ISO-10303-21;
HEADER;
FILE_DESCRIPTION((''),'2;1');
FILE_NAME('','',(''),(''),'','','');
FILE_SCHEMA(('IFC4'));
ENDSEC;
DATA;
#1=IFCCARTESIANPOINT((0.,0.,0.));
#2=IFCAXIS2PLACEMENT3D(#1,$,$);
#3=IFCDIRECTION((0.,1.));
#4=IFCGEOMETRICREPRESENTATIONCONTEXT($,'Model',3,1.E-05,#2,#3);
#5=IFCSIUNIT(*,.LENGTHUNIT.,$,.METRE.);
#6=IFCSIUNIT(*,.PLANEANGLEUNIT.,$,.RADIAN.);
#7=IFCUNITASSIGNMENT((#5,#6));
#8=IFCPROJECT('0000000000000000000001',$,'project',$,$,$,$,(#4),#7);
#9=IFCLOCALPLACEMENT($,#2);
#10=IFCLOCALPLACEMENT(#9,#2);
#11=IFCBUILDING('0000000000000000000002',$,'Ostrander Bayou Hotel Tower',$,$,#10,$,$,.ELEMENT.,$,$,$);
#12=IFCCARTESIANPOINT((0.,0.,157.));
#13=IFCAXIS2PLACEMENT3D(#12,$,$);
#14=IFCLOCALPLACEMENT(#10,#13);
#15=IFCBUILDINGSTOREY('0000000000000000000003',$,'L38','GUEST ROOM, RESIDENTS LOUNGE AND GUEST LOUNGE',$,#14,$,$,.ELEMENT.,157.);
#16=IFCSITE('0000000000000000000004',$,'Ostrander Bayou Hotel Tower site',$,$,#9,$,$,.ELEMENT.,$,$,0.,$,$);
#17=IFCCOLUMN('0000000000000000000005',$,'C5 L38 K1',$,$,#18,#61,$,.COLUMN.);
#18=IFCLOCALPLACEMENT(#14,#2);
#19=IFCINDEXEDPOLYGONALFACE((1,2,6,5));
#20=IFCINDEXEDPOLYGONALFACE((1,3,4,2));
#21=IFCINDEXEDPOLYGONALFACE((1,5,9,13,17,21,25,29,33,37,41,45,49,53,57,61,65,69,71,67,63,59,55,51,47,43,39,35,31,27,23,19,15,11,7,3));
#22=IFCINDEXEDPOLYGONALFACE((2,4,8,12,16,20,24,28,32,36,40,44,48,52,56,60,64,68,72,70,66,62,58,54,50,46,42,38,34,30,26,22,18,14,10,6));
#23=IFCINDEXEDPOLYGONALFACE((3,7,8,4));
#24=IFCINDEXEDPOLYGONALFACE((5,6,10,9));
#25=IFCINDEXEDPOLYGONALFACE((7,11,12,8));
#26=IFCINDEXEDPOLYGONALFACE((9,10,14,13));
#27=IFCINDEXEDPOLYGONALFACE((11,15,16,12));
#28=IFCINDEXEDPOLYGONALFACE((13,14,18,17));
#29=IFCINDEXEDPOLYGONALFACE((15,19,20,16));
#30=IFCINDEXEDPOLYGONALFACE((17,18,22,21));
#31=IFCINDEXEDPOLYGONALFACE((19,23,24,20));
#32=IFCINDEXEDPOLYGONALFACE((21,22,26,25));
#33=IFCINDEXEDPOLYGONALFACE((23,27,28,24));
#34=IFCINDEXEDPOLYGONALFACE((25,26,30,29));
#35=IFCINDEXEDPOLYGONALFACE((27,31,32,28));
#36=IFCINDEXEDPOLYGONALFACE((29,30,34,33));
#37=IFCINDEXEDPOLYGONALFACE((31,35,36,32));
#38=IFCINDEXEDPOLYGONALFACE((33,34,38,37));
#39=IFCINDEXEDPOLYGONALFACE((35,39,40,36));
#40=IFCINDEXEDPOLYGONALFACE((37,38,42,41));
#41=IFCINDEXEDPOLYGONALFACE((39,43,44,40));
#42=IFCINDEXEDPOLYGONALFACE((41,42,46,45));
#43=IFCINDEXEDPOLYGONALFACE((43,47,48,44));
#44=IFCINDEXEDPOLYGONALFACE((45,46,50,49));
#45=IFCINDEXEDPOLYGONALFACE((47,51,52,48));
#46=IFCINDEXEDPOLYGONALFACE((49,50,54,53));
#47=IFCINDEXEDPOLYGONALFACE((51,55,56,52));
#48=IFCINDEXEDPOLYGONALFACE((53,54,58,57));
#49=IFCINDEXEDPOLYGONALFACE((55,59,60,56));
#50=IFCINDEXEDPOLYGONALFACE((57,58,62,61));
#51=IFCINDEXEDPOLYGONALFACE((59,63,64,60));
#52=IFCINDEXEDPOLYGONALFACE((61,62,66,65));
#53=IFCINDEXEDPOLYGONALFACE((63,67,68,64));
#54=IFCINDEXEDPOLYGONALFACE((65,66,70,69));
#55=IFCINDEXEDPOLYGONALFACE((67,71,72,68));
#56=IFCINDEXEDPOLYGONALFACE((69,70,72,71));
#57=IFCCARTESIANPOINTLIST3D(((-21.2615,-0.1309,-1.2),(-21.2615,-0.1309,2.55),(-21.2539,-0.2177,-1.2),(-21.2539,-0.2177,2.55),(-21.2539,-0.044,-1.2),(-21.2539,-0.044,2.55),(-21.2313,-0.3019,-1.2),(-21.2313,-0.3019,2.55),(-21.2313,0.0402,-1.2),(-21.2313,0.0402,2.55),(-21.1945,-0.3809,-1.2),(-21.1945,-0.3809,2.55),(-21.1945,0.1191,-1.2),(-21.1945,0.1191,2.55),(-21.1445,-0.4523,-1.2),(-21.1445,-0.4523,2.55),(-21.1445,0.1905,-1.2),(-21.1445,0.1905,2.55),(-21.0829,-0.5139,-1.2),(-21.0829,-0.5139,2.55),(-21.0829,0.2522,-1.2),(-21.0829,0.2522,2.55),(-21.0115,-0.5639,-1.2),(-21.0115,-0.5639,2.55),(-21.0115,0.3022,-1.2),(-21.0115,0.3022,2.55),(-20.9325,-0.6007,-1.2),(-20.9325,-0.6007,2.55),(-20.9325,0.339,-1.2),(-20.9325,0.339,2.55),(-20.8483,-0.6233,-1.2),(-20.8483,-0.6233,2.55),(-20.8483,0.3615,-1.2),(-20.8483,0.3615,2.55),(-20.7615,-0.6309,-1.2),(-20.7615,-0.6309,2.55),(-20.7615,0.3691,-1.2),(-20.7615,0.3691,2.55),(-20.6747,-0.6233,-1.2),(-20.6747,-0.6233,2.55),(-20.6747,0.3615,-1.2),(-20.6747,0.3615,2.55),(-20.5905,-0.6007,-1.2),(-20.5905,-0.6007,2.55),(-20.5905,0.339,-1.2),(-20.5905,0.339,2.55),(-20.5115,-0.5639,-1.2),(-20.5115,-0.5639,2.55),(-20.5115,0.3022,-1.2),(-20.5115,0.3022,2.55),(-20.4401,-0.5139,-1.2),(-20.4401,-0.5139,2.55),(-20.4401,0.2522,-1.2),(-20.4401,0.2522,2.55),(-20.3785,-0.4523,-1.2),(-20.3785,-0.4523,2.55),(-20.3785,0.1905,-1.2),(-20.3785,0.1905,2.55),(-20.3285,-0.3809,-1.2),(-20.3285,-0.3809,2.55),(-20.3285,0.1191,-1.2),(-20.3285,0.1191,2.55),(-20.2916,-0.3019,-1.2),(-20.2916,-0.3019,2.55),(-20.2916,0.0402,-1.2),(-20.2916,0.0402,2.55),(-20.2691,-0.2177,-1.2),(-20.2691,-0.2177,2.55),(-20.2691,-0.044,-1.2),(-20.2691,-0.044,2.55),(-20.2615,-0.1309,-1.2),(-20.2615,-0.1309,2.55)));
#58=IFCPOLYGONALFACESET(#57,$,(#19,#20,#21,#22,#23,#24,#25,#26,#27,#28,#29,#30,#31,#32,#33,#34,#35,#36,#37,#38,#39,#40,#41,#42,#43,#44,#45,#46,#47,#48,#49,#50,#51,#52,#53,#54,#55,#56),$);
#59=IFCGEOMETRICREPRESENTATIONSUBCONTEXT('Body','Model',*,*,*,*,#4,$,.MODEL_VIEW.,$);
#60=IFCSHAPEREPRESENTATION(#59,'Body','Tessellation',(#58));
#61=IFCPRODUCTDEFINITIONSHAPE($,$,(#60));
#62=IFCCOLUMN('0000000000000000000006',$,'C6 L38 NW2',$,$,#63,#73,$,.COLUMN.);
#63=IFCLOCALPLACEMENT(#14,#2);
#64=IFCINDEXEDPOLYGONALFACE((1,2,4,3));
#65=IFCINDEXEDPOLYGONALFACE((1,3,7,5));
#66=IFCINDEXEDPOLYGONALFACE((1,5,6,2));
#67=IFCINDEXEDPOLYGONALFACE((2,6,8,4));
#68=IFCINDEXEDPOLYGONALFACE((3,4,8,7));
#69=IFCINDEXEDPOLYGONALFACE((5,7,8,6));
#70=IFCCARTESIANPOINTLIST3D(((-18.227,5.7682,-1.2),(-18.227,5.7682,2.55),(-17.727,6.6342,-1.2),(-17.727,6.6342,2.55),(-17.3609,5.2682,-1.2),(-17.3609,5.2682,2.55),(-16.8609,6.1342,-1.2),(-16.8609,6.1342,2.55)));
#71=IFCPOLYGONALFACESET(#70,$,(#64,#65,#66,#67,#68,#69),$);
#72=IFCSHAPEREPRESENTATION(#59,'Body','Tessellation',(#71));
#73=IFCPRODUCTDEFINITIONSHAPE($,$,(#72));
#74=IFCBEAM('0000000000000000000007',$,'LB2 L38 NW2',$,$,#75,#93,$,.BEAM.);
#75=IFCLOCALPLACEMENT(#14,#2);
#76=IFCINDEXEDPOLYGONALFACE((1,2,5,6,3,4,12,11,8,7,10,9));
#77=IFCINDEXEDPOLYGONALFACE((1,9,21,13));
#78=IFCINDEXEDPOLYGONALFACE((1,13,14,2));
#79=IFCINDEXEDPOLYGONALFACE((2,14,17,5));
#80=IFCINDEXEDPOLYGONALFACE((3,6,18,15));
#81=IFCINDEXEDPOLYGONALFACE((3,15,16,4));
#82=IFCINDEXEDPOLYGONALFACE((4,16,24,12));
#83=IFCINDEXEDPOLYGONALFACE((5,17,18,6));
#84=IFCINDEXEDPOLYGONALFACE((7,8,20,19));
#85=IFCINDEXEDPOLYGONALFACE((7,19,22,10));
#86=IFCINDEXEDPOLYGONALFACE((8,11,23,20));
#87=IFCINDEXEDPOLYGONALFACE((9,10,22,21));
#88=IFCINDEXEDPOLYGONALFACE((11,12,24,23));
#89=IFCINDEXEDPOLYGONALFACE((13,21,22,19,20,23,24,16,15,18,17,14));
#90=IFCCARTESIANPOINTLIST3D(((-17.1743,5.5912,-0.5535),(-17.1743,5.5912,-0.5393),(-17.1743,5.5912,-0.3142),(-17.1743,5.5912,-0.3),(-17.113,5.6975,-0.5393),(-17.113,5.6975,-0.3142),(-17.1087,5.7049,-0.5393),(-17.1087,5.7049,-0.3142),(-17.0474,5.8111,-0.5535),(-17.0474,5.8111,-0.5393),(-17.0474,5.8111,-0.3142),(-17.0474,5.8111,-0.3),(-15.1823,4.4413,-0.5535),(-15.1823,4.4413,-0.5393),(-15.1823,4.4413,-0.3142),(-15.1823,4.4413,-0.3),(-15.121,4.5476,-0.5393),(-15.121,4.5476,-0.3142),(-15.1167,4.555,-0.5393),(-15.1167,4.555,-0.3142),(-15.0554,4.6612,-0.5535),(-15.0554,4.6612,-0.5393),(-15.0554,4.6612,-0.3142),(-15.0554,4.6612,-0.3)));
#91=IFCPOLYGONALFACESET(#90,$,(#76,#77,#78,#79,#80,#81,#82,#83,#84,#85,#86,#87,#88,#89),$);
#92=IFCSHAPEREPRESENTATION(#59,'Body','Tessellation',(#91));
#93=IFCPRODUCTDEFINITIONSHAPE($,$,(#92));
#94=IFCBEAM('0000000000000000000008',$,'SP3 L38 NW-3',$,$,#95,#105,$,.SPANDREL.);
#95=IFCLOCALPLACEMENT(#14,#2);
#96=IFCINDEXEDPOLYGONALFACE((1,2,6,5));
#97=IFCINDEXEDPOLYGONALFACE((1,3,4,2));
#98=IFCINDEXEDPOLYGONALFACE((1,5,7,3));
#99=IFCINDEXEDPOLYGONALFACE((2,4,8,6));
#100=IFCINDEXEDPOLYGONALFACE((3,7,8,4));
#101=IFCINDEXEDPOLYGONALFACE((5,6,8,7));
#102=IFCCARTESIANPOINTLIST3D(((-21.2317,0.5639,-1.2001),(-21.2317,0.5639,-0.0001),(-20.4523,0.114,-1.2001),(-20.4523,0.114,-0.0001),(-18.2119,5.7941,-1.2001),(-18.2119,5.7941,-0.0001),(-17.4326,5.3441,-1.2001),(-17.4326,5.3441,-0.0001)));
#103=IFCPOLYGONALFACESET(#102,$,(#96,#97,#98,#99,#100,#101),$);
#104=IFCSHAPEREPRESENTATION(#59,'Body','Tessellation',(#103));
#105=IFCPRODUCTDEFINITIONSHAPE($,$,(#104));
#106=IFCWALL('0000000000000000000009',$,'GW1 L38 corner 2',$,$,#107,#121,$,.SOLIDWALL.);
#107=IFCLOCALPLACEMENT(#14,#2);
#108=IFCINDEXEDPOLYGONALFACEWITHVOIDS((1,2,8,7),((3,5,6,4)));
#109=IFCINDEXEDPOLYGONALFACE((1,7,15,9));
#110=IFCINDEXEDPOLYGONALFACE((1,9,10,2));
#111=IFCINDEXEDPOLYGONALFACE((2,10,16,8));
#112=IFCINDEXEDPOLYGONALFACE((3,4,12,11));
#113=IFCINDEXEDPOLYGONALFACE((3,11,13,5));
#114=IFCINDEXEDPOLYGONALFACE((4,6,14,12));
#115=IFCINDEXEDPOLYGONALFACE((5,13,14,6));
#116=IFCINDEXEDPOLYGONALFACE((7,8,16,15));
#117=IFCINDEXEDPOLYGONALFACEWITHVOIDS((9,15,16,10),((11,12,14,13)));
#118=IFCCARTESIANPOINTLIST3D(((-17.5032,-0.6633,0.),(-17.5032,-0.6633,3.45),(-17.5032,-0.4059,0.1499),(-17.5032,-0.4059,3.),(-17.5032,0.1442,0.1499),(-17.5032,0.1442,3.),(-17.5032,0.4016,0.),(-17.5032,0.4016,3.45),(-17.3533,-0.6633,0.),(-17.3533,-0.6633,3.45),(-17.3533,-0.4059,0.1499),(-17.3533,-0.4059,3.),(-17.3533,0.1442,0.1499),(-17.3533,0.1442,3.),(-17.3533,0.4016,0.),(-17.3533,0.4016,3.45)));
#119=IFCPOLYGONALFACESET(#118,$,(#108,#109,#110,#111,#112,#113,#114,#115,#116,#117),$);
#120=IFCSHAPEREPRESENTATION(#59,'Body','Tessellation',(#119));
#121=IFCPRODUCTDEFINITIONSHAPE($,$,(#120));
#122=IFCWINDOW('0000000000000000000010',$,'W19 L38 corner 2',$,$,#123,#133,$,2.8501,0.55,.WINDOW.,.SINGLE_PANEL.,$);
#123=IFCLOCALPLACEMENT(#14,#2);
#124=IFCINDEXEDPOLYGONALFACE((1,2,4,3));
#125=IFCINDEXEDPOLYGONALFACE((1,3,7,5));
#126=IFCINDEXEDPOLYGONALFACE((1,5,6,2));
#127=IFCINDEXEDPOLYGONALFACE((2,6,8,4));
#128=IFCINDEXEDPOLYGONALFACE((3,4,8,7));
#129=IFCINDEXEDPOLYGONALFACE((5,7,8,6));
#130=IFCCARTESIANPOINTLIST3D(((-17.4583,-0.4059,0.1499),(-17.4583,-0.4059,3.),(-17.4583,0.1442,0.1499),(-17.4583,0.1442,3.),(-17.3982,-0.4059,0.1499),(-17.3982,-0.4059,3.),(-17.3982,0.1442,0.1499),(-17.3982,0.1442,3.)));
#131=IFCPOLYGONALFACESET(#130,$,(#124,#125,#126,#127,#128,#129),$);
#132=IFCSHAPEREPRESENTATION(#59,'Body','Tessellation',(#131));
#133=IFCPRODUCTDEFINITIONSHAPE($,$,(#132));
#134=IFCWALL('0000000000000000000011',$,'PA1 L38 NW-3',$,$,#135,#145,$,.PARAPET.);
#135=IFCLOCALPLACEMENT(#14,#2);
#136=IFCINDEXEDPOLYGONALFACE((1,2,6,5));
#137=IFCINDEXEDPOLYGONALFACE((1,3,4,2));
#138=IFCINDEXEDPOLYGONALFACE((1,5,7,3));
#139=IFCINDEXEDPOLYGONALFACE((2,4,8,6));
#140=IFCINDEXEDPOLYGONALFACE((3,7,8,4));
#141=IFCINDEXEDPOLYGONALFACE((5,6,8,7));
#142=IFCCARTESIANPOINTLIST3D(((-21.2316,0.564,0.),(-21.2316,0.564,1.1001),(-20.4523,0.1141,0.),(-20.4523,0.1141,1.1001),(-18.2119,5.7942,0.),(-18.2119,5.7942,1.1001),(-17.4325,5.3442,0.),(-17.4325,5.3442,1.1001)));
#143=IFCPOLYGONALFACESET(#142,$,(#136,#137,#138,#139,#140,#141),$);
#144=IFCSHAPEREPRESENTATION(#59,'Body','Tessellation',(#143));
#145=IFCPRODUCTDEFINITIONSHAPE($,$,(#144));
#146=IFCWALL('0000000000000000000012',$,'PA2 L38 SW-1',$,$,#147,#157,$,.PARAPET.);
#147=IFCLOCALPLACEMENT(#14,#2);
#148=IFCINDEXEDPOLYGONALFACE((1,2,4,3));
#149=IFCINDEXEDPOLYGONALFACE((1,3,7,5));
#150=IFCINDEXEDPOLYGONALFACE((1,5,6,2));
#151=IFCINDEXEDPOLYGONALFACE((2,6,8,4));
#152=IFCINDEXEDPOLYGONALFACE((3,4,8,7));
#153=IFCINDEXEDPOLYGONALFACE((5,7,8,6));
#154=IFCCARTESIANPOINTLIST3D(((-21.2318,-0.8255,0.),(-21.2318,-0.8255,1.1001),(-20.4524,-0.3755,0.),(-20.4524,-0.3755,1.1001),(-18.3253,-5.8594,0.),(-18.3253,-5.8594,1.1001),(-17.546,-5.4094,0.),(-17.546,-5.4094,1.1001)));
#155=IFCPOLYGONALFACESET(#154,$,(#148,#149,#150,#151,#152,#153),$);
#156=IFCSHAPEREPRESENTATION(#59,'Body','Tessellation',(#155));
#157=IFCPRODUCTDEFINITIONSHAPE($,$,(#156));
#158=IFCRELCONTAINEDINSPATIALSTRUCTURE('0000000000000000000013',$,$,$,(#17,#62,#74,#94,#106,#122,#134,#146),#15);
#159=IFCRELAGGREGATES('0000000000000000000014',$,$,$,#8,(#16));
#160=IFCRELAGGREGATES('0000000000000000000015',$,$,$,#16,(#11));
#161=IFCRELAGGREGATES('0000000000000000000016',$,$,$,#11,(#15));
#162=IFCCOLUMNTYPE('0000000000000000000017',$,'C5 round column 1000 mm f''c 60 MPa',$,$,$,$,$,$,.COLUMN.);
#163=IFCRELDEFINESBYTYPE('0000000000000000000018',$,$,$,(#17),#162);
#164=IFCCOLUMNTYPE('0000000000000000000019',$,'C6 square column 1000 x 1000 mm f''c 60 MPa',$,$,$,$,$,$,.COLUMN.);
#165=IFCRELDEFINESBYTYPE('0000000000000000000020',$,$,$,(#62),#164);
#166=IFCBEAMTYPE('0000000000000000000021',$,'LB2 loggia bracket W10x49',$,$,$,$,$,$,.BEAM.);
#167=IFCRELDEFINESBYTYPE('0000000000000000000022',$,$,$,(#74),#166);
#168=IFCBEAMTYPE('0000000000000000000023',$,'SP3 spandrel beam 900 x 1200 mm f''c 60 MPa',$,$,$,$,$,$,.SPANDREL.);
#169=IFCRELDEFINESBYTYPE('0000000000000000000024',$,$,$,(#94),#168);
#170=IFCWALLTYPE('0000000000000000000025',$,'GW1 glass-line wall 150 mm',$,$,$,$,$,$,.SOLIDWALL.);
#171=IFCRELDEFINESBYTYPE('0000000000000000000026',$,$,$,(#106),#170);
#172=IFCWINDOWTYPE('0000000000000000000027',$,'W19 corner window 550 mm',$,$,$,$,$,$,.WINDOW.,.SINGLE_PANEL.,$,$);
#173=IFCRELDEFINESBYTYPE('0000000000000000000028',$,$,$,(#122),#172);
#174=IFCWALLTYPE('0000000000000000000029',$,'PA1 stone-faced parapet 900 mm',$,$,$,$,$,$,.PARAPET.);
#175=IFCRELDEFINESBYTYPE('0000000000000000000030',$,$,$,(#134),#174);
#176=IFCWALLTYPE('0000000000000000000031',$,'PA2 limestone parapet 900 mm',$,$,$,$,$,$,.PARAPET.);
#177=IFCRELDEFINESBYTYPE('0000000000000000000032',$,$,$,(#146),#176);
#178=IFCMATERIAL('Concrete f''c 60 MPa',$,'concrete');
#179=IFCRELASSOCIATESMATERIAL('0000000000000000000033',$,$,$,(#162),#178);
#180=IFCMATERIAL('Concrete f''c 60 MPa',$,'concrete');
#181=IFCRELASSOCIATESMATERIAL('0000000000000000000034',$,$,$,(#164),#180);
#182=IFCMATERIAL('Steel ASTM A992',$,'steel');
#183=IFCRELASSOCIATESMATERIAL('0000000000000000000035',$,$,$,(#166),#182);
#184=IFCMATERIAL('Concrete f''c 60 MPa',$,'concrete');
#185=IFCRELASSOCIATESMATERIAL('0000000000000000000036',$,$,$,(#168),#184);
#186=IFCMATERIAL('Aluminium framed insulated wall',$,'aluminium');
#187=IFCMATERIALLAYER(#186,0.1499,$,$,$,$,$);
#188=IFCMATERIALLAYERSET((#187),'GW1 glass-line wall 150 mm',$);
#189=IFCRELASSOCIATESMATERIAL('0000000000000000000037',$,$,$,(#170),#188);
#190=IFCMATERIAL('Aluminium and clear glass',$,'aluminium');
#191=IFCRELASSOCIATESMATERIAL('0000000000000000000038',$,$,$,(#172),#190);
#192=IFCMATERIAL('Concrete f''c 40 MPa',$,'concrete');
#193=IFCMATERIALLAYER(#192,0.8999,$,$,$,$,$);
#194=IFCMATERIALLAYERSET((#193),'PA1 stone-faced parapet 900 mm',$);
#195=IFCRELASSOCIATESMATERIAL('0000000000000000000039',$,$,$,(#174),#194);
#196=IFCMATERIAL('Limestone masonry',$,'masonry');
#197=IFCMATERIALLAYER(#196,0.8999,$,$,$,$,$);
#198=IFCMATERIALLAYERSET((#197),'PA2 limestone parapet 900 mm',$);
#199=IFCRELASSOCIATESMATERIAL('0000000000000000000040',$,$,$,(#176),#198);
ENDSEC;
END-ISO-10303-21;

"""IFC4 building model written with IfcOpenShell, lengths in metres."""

from ifc_helpers import new_model, si_unit, direction, frame, frame_2d, origin, origin_2d, place, context, subcontext, project, spatial, rectangle, circle, i_section, extrude, material, layer, layer_set, material_profile, profile_set, type_object, element, fill, save


model = new_model("IFC4")

# Units and contexts
model_context = context("Model", 3, precision=1e-05, world=origin(), true_north=direction((0.0, 1.0)))
body_context = subcontext(model_context, "Body", "Model", "MODEL_VIEW")
ifc_project = project(units=[si_unit("LENGTHUNIT", "METRE"), si_unit("PLANEANGLEUNIT", "RADIAN")], contexts=[model_context])

# Site, building, storey
site_placement = place(None, origin())
site = spatial("IfcSite", under=ifc_project, at=site_placement, Name="Ostrander Bayou Hotel Tower site", CompositionType="ELEMENT", RefElevation=0.0)
building_placement = place(site_placement, origin())
building = spatial("IfcBuilding", under=site, at=building_placement, Name="Ostrander Bayou Hotel Tower", CompositionType="ELEMENT")
storey_placement = place(building_placement, frame((0.0, 0.0, 157.0)))
storey = spatial("IfcBuildingStorey", under=building, at=storey_placement, Name="L38", Description="GUEST ROOM, RESIDENTS LOUNGE AND GUEST LOUNGE", CompositionType="ELEMENT", Elevation=157.0)

# Columns
ifc_material_1 = material(Name="Concrete f'c 60 MPa", Category="concrete")
ifc_material_profile_1 = material_profile(ifc_material_1, circle(Radius=0.5, at=origin_2d()))
ifc_profile_set_1 = profile_set([ifc_material_profile_1], Name="Concrete f'c 60 MPa")
column_type_1 = type_object("IfcColumnType", Name="C5 round column 1000 mm f'c 60 MPa", PredefinedType="COLUMN", material=ifc_profile_set_1)
column_1_placement = place(storey_placement, frame((-20.7615, -0.1309, -1.2), z_axis=(0.0, 0.0, 1.0), x_axis=(1.0, 0.0, 0.0)))
element("IfcColumn", 1, at=column_1_placement, inside=storey, type_object=column_type_1, Name="C5 L38 K1", PredefinedType="COLUMN", context=body_context, shape_type="SweptSolid", body=[
    extrude(circle(Radius=0.5, at=origin_2d()), origin(), (0.0, 0.0, 1.0), 3.75),
])
ifc_material_2 = material(Name="Concrete f'c 60 MPa", Category="concrete")
ifc_material_profile_2 = material_profile(ifc_material_2, rectangle(XDim=1.0, YDim=1.0, at=origin_2d()))
ifc_profile_set_2 = profile_set([ifc_material_profile_2], Name="Concrete f'c 60 MPa")
column_type_2 = type_object("IfcColumnType", Name="C6 square column 1000 x 1000 mm f'c 60 MPa", PredefinedType="COLUMN", material=ifc_profile_set_2)
column_2_placement = place(storey_placement, frame((-17.5439, 5.9512, -1.2), z_axis=(0.0, 0.0, 1.0), x_axis=(0.5, 0.866025, 0.0)))
element("IfcColumn", 2, at=column_2_placement, inside=storey, type_object=column_type_2, Name="C6 L38 NW2", PredefinedType="COLUMN", context=body_context, shape_type="SweptSolid", body=[
    extrude(rectangle(XDim=1.0, YDim=1.0, at=origin_2d()), origin(), (0.0, 0.0, 1.0), 3.75),
])

# Beams
ifc_material_3 = material(Name="Steel ASTM A992", Category="steel")
ifc_material_profile_3 = material_profile(ifc_material_3, i_section(OverallWidth=0.2539, OverallDepth=0.2534, WebThickness=0.0085, FlangeThickness=0.0142, at=origin_2d()))
ifc_profile_set_3 = profile_set([ifc_material_profile_3], Name="Steel ASTM A992")
beam_type_1 = type_object("IfcBeamType", Name="LB2 loggia bracket W10x49", PredefinedType="BEAM", material=ifc_profile_set_3)
beam_1_placement = place(storey_placement, frame((-17.1108, 5.7012, -0.4268), z_axis=(0.866053, -0.499952, 0.0), x_axis=(0.499952, 0.866053, 0.0)))
element("IfcBeam", 3, at=beam_1_placement, inside=storey, type_object=beam_type_1, Name="LB2 L38 NW2", PredefinedType="BEAM", context=body_context, shape_type="SweptSolid", body=[
    extrude(i_section(OverallWidth=0.2539, OverallDepth=0.2534, WebThickness=0.0085, FlangeThickness=0.0142, at=origin_2d()), origin(), (0.0, 0.0, 1.0), 2.3),
])
ifc_material_4 = material(Name="Concrete f'c 60 MPa", Category="concrete")
ifc_material_profile_4 = material_profile(ifc_material_4, rectangle(XDim=0.8999, YDim=1.2, at=origin_2d()))
ifc_profile_set_4 = profile_set([ifc_material_profile_4], Name="Concrete f'c 60 MPa")
beam_type_2 = type_object("IfcBeamType", Name="SP3 spandrel beam 900 x 1200 mm f'c 60 MPa", PredefinedType="SPANDREL", material=ifc_profile_set_4)
beam_2_placement = place(storey_placement, frame((-17.8223, 5.5691, -0.6001), z_axis=(-0.500013, -0.866018, 0.0), x_axis=(0.866018, -0.500013, 0.0)))
element("IfcBeam", 4, at=beam_2_placement, inside=storey, type_object=beam_type_2, Name="SP3 L38 NW-3", PredefinedType="SPANDREL", context=body_context, shape_type="SweptSolid", body=[
    extrude(rectangle(XDim=0.8999, YDim=1.2, at=origin_2d()), origin(), (0.0, 0.0, 1.0), 6.0393),
])

# Wall, opening, window
ifc_material_5 = material(Name="Aluminium framed insulated wall", Category="aluminium")
ifc_layer_1 = layer(ifc_material_5, 0.1499)
ifc_layer_set_1 = layer_set([ifc_layer_1], Name="GW1 glass-line wall 150 mm")
wall_type_1 = type_object("IfcWallType", Name="GW1 glass-line wall 150 mm", PredefinedType="SOLIDWALL", material=ifc_layer_set_1)
wall_1_placement = place(storey_placement, frame((-17.4282, 0.4016, 0.0), z_axis=(0.0, 0.0, 1.0), x_axis=(0.0, -1.0, 0.0)))
wall_1 = element("IfcWall", 5, at=wall_1_placement, inside=storey, type_object=wall_type_1, Name="GW1 L38 corner 2", PredefinedType="SOLIDWALL", context=body_context, shape_type="SweptSolid", body=[
    extrude(rectangle(XDim=1.0649, YDim=0.1499, at=frame_2d((0.5325, 0.0))), origin(), (0.0, 0.0, 1.0), 3.45),
])
opening_1_placement = place(wall_1_placement, frame((0.2576, 0.0, 0.1499)))
opening_1 = element("IfcOpeningElement", 6, at=opening_1_placement, cuts=wall_1, PredefinedType="OPENING", context=body_context, shape_type="SweptSolid", body=[
    extrude(rectangle(XDim=0.55, YDim=2.8501, at=frame_2d((0.2749, 1.425))), frame((0.0, 0.075, 0.0), z_axis=(0.0, -1.0, 0.0), x_axis=(1.0, 0.0, 0.0)), (0.0, 0.0, 1.0), 0.1499),
])
ifc_material_6 = material(Name="Aluminium and clear glass", Category="aluminium")
window_type = type_object("IfcWindowType", Name="W19 corner window 550 mm", PartitioningType="SINGLE_PANEL", PredefinedType="WINDOW", material=ifc_material_6)
window_placement = place(opening_1_placement, origin())
window = element("IfcWindow", 7, at=window_placement, inside=storey, type_object=window_type, Name="W19 L38 corner 2", OverallHeight=2.8501, OverallWidth=0.55, PartitioningType="SINGLE_PANEL", PredefinedType="WINDOW", context=body_context, shape_type="SweptSolid", body=[
    extrude(rectangle(XDim=0.55, YDim=2.8501, at=frame_2d((0.2749, 1.425))), frame((0.0, 0.03, 0.0), z_axis=(0.0, -1.0, 0.0), x_axis=(1.0, 0.0, 0.0)), (0.0, 0.0, 1.0), 0.0601),
])
fill(opening_1, window)

# Walls
ifc_material_7 = material(Name="Concrete f'c 40 MPa", Category="concrete")
ifc_layer_2 = layer(ifc_material_7, 0.8999)
ifc_layer_set_2 = layer_set([ifc_layer_2], Name="PA1 stone-faced parapet 900 mm")
wall_type_2 = type_object("IfcWallType", Name="PA1 stone-faced parapet 900 mm", PredefinedType="PARAPET", material=ifc_layer_set_2)
wall_2_placement = place(storey_placement, frame((-17.8223, 5.5691, 0.0), z_axis=(0.0, 0.0, 1.0), x_axis=(-0.500013, -0.866018, 0.0)))
element("IfcWall", 8, at=wall_2_placement, inside=storey, type_object=wall_type_2, Name="PA1 L38 NW-3", PredefinedType="PARAPET", context=body_context, shape_type="SweptSolid", body=[
    extrude(rectangle(XDim=6.0393, YDim=0.8999, at=frame_2d((3.0195, 0.0))), origin(), (0.0, 0.0, 1.0), 1.1001),
])
ifc_material_8 = material(Name="Limestone masonry", Category="masonry")
ifc_layer_3 = layer(ifc_material_8, 0.8999)
ifc_layer_set_3 = layer_set([ifc_layer_3], Name="PA2 limestone parapet 900 mm")
wall_type_3 = type_object("IfcWallType", Name="PA2 limestone parapet 900 mm", PredefinedType="PARAPET", material=ifc_layer_set_3)
wall_3_placement = place(storey_placement, frame((-20.842, -0.6006, 0.0), z_axis=(0.0, 0.0, 1.0), x_axis=(0.500019, -0.866014, 0.0)))
element("IfcWall", 9, at=wall_3_placement, inside=storey, type_object=wall_type_3, Name="PA2 L38 SW-1", PredefinedType="PARAPET", context=body_context, shape_type="SweptSolid", body=[
    extrude(rectangle(XDim=5.8127, YDim=0.8999, at=frame_2d((2.9062, 0.0))), origin(), (0.0, 0.0, 1.0), 1.1001),
])

save(model, "model.ifc")
